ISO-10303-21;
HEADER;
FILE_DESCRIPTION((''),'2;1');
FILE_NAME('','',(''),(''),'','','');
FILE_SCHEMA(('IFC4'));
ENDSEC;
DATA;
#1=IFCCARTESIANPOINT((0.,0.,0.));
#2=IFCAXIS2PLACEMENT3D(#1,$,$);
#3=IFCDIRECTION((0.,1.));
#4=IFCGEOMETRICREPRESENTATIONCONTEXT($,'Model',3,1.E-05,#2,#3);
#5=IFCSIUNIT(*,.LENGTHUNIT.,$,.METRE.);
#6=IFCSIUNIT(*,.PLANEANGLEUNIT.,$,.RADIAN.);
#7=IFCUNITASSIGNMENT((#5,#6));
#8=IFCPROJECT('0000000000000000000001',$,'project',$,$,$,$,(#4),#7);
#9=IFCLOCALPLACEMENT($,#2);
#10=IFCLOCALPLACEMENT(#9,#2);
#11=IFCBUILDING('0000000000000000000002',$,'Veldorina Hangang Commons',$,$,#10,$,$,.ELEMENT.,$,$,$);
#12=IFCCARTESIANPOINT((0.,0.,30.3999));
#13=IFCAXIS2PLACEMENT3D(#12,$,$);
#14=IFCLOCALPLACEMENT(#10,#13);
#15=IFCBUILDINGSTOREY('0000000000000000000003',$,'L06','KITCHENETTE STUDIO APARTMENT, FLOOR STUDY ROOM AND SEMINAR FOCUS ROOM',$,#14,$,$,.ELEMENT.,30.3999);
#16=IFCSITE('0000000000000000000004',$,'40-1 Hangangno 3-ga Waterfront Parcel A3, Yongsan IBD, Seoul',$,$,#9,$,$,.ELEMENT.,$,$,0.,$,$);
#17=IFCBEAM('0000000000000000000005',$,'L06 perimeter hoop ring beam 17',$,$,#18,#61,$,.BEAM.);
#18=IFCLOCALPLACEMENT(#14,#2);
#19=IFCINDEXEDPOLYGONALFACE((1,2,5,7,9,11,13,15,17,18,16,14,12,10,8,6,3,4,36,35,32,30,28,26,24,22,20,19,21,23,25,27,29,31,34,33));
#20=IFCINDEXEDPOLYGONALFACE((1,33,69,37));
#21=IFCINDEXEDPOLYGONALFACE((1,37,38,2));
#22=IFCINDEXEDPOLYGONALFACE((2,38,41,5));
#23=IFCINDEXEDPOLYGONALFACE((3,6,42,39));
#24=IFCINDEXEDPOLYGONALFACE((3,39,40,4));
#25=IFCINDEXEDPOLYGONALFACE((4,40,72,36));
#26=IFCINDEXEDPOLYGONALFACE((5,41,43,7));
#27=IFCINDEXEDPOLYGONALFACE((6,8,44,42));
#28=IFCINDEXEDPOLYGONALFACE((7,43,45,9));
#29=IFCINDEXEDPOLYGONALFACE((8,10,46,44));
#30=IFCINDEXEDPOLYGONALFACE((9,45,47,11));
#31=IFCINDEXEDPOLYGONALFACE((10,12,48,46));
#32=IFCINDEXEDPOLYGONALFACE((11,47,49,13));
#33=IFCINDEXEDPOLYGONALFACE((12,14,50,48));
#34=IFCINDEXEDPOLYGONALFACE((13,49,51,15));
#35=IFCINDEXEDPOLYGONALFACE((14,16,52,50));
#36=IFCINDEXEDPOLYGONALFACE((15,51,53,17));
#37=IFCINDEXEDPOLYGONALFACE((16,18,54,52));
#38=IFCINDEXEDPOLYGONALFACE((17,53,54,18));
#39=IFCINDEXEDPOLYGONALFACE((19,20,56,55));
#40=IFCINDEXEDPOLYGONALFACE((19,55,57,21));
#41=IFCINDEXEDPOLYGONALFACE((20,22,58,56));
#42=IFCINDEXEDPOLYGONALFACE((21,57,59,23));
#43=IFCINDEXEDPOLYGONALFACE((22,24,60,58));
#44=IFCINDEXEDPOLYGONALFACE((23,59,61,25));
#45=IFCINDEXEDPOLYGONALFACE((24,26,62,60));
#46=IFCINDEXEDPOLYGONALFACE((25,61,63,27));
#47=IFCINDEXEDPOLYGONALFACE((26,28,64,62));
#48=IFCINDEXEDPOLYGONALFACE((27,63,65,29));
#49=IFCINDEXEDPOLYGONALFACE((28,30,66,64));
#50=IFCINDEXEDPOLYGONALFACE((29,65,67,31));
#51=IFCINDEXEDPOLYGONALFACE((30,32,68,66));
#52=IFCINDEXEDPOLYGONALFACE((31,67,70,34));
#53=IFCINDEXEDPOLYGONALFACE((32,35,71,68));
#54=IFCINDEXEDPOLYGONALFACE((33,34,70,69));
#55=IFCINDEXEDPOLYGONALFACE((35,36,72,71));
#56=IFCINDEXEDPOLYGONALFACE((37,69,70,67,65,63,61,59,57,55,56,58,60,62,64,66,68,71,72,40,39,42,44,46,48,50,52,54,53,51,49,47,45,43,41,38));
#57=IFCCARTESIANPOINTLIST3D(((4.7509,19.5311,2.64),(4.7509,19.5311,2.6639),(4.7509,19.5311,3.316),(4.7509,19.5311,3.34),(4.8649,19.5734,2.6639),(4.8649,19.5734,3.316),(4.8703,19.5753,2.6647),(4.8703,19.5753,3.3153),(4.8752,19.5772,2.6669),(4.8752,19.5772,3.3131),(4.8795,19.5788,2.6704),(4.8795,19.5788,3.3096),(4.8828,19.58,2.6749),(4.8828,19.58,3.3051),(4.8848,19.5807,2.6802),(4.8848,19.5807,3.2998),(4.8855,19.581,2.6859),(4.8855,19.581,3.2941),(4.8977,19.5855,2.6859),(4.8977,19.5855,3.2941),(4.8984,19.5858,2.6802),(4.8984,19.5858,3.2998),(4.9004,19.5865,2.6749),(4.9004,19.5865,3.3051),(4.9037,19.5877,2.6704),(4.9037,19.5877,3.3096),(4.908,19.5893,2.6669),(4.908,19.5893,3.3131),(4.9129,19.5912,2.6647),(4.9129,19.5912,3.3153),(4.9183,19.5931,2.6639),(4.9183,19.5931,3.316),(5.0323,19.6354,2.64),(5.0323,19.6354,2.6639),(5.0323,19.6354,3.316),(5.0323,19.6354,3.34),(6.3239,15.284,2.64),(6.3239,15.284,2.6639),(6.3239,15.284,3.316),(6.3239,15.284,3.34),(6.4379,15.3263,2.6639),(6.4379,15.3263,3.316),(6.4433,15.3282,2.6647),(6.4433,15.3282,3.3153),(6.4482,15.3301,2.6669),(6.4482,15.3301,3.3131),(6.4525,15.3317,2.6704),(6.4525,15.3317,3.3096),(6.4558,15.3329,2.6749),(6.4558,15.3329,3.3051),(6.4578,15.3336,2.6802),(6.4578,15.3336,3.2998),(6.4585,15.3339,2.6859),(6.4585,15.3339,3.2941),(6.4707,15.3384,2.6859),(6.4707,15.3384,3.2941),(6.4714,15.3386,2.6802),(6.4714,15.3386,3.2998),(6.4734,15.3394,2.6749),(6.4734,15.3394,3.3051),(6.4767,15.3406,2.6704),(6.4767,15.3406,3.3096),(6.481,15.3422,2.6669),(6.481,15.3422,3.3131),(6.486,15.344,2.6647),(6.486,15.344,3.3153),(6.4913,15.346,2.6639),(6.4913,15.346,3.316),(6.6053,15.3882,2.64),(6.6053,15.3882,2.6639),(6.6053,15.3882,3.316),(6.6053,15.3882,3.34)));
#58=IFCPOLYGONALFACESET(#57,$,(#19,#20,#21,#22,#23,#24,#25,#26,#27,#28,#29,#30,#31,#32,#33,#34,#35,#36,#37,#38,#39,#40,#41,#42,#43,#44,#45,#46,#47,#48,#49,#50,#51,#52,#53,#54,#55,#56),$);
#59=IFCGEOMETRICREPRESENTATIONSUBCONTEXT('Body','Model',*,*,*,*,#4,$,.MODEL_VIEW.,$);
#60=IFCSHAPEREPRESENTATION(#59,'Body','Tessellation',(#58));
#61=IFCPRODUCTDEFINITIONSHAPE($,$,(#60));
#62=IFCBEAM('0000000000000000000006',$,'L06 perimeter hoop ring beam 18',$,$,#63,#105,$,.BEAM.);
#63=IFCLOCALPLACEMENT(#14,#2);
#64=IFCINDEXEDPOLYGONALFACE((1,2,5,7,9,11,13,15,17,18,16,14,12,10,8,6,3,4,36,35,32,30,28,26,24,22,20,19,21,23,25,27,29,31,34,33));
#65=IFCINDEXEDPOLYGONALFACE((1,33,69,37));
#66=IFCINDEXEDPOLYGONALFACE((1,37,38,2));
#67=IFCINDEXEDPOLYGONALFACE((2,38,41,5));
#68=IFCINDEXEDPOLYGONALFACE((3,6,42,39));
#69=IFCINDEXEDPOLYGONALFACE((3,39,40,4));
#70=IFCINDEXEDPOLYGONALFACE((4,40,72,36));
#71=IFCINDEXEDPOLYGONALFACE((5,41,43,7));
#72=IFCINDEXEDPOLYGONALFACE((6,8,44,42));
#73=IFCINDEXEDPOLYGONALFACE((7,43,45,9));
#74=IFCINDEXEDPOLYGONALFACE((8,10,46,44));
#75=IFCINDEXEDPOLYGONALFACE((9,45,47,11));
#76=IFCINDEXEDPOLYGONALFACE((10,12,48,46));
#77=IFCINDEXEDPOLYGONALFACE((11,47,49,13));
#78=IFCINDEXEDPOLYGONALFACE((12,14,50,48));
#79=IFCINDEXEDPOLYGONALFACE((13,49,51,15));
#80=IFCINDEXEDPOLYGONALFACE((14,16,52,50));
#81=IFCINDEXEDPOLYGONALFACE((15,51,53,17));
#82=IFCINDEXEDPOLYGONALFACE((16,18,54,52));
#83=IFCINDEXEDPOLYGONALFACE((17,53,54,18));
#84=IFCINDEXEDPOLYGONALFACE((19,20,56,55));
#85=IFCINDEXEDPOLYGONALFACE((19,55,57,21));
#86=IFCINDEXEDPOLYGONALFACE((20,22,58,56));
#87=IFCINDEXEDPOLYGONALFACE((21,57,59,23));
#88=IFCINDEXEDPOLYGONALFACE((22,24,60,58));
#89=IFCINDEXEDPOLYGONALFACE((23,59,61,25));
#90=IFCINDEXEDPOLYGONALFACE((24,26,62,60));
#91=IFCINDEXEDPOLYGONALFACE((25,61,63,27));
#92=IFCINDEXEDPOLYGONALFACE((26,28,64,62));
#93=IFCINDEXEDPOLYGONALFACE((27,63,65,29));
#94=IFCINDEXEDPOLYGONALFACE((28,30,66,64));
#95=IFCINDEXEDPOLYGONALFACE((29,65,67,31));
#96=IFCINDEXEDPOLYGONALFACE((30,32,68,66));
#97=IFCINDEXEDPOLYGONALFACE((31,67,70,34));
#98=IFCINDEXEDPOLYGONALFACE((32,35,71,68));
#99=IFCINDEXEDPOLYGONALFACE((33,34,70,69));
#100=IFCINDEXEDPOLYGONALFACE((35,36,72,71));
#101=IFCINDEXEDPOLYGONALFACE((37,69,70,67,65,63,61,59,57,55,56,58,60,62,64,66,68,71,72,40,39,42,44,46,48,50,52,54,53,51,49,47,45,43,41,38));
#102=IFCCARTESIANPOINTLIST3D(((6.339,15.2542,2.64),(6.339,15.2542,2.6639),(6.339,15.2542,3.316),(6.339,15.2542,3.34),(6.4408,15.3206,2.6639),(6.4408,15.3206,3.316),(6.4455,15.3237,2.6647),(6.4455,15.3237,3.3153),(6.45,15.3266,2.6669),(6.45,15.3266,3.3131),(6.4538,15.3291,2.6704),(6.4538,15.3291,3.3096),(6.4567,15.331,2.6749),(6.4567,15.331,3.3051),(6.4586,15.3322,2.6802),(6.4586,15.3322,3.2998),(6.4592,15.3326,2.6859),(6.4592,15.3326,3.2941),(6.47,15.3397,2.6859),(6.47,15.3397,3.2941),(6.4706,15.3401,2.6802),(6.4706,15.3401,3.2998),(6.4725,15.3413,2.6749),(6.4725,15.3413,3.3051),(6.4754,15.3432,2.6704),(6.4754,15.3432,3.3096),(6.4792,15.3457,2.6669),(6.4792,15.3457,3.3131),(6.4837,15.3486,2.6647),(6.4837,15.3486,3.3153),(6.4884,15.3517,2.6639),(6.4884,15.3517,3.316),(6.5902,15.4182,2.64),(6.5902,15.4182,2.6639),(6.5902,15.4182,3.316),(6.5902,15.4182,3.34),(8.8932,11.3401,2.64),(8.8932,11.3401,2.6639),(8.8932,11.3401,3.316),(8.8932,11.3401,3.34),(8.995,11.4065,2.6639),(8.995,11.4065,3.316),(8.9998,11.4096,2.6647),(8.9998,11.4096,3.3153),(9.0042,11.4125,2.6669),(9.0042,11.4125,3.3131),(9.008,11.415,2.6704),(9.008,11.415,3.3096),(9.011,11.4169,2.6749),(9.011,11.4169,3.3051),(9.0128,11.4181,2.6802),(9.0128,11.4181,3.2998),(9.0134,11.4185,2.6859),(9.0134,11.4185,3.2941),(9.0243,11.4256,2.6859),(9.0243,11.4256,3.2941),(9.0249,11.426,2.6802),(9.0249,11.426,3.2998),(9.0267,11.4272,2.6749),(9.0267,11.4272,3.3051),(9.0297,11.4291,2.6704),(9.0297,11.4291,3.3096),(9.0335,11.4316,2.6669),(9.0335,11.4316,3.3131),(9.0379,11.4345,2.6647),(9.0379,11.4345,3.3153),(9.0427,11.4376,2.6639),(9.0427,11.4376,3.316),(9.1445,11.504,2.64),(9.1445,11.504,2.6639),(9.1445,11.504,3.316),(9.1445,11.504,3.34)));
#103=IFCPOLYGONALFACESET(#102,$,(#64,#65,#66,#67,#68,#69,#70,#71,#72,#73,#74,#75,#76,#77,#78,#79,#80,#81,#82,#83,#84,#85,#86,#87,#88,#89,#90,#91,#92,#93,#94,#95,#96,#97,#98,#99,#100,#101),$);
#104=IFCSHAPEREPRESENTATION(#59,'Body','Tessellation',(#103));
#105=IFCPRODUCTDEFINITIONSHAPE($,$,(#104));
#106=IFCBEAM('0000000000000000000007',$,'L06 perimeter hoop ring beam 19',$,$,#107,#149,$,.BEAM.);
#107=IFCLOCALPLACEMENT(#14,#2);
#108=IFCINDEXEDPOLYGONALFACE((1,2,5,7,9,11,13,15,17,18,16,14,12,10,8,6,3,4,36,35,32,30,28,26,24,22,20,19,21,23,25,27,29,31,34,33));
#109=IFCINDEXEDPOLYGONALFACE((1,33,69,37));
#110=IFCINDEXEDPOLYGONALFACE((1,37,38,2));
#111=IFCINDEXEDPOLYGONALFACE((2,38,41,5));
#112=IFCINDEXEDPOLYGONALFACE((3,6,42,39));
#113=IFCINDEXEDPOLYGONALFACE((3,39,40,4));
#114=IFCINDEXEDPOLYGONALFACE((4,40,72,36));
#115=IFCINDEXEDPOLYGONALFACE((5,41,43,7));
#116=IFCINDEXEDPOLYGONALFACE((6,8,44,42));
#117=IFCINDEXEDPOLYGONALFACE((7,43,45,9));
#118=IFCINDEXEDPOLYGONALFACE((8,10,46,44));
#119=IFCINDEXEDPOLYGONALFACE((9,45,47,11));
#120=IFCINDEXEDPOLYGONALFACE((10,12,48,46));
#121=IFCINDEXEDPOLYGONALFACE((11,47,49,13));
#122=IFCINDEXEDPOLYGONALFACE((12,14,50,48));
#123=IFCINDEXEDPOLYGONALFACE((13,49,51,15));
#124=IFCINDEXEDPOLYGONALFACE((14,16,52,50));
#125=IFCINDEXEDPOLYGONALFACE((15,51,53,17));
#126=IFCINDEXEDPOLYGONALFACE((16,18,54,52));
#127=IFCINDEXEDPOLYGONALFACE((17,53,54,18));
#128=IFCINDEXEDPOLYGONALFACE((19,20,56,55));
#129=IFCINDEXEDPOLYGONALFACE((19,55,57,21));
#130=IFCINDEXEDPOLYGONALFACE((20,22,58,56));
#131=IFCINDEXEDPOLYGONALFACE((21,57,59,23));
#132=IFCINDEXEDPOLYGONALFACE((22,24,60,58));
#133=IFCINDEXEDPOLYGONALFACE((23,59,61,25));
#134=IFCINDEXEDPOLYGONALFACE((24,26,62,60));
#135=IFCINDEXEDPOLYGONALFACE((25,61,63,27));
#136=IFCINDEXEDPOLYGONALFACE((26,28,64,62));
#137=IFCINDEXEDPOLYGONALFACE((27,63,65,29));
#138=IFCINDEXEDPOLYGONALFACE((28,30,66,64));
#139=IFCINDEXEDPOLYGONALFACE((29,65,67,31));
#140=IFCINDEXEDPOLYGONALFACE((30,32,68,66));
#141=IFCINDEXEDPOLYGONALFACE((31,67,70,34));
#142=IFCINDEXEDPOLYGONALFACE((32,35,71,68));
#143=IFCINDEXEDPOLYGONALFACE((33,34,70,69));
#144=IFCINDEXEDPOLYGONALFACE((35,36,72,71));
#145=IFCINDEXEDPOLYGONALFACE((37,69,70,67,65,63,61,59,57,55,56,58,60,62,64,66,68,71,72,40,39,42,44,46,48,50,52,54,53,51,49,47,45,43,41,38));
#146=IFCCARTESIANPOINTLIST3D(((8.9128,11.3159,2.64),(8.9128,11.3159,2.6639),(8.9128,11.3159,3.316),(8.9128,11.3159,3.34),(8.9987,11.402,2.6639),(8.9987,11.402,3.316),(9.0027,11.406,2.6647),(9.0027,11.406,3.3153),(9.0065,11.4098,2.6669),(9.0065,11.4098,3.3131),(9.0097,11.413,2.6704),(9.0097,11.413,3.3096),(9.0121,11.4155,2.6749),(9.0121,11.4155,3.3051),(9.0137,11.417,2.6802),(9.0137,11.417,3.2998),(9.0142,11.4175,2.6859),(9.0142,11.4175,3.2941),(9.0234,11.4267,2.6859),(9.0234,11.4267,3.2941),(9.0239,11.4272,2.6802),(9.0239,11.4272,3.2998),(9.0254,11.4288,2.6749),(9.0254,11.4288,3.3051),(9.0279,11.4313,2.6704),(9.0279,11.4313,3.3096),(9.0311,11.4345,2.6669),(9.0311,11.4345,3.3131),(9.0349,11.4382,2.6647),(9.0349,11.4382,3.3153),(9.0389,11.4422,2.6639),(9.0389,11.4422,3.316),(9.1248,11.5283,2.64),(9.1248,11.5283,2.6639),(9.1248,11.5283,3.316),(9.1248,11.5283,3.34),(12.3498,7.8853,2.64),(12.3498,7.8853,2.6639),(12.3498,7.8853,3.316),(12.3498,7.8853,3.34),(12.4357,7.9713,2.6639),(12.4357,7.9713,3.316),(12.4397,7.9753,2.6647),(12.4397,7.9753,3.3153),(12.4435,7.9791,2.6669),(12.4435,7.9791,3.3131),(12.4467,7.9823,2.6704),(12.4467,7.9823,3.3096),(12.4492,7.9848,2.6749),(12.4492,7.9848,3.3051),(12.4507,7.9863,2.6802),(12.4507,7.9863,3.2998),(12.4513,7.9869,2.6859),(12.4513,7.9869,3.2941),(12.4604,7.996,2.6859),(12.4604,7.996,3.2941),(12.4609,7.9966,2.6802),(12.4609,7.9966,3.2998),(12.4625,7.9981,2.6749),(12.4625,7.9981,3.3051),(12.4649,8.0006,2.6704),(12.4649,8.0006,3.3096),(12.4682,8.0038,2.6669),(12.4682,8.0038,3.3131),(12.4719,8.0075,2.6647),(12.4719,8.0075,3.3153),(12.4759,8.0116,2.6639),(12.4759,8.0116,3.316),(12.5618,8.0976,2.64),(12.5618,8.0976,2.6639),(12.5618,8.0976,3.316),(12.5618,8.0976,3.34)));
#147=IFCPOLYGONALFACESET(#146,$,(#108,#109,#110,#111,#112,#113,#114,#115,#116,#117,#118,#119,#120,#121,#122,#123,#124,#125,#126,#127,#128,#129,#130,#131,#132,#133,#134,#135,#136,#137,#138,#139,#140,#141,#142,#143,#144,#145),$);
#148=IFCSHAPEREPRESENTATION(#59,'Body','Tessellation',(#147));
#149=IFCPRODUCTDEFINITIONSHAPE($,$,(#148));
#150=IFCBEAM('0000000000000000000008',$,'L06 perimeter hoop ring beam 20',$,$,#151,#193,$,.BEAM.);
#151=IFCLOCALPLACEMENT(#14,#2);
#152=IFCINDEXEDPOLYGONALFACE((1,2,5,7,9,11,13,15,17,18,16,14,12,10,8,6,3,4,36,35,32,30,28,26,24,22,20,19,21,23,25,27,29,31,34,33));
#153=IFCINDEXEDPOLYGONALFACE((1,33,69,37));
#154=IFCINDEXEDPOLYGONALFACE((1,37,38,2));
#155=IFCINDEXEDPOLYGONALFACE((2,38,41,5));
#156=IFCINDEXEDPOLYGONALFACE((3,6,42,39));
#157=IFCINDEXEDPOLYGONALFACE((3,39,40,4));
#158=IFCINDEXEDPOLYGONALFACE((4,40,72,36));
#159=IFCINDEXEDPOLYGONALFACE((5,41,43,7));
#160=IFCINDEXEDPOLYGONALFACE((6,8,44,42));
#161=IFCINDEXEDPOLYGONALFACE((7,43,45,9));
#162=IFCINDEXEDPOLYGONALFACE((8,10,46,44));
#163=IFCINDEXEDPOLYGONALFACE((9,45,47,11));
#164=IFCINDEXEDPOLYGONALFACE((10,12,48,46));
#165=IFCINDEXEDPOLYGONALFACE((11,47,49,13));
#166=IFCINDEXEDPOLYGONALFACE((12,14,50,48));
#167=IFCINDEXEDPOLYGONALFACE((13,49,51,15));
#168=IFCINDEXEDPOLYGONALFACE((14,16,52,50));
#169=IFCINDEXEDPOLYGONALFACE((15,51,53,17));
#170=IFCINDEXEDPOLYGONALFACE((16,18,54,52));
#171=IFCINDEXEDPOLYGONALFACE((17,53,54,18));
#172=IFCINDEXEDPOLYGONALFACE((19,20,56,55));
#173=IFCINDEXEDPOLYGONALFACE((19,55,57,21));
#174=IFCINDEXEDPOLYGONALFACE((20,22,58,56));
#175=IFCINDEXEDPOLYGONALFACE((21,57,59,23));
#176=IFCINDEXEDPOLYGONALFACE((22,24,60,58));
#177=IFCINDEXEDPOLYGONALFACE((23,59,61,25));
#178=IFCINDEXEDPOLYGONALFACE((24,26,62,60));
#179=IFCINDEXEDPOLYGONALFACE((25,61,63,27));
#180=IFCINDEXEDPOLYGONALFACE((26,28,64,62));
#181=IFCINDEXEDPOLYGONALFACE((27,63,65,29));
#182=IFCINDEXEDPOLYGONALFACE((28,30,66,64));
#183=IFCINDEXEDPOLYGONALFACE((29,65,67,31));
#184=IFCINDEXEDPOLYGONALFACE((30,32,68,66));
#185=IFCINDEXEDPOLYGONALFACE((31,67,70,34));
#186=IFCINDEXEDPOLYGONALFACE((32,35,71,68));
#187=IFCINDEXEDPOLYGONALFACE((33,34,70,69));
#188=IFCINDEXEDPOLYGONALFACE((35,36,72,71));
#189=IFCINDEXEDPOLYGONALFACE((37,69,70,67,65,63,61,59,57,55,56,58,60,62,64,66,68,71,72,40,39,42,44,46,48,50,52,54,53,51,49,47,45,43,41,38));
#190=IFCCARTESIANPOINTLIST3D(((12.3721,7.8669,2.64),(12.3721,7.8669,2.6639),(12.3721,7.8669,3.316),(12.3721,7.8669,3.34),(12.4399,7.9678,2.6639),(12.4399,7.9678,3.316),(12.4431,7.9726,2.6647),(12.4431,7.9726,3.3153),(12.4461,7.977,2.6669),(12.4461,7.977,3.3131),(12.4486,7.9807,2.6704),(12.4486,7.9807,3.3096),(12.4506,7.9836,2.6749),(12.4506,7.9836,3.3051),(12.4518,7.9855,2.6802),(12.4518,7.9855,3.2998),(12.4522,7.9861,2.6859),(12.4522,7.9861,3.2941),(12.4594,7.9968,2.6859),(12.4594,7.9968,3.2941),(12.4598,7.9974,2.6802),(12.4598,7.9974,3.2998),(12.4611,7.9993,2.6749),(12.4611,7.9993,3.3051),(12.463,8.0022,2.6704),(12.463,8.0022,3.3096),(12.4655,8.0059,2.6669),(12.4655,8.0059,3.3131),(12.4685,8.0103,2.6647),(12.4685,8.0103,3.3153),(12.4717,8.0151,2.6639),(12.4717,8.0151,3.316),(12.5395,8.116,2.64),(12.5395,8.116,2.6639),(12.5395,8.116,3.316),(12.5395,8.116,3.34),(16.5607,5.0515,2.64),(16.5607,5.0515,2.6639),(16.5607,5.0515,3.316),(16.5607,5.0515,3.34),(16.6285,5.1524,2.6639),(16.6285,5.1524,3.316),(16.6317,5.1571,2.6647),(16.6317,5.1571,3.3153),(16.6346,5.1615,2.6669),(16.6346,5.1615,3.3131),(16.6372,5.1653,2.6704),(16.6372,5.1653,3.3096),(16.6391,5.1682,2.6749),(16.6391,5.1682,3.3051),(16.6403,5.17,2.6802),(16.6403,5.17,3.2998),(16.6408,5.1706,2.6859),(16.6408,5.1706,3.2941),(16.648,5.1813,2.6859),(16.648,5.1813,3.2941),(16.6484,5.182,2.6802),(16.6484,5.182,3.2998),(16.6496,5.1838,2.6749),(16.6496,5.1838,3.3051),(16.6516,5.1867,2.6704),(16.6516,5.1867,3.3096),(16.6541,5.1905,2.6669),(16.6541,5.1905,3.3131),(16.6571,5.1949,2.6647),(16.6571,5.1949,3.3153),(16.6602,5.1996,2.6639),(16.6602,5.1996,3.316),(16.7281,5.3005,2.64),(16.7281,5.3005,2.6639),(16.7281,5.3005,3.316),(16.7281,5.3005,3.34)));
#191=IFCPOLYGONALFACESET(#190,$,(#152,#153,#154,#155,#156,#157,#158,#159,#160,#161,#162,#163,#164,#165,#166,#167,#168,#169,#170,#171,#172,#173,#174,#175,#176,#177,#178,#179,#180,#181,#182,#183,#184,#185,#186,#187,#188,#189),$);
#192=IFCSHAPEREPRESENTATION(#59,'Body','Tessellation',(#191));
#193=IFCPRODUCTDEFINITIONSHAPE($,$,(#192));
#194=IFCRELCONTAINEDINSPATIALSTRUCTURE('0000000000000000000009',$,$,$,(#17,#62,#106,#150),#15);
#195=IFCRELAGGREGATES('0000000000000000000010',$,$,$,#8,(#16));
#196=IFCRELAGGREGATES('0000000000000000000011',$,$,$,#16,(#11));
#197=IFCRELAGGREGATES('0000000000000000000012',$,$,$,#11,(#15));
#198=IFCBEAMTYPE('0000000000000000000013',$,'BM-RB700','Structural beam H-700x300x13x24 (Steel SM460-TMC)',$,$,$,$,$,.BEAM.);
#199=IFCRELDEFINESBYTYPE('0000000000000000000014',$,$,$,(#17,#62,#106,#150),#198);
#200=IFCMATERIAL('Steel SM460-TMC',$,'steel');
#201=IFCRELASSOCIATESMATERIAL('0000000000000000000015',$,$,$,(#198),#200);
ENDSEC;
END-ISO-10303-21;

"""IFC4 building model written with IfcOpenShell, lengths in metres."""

from ifc_helpers import new_model, si_unit, direction, frame, origin, origin_2d, place, context, subcontext, project, spatial, i_section, extrude, material, material_profile, profile_set, type_object, element, save


model = new_model("IFC4")

# Units and contexts
model_context = context("Model", 3, precision=1e-05, world=origin(), true_north=direction((0.0, 1.0)))
body_context = subcontext(model_context, "Body", "Model", "MODEL_VIEW")
ifc_project = project(units=[si_unit("LENGTHUNIT", "METRE"), si_unit("PLANEANGLEUNIT", "RADIAN")], contexts=[model_context])

# Site, building, storey
site_placement = place(None, origin())
site = spatial("IfcSite", under=ifc_project, at=site_placement, Name="40-1 Hangangno 3-ga Waterfront Parcel A3, Yongsan IBD, Seoul", CompositionType="ELEMENT", RefElevation=0.0)
building_placement = place(site_placement, origin())
building = spatial("IfcBuilding", under=site, at=building_placement, Name="Veldorina Hangang Commons", CompositionType="ELEMENT")
storey_placement = place(building_placement, frame((0.0, 0.0, 30.3999)))
storey = spatial("IfcBuildingStorey", under=building, at=storey_placement, Name="L06", Description="KITCHENETTE STUDIO APARTMENT, FLOOR STUDY ROOM AND SEMINAR FOCUS ROOM", CompositionType="ELEMENT", Elevation=30.3999)

# Beams
ifc_material_1 = material(Name="Steel SM460-TMC", Category="steel")
ifc_material_profile_1 = material_profile(ifc_material_1, i_section(OverallWidth=0.3, OverallDepth=0.7, WebThickness=0.0129, FlangeThickness=0.0239, FilletRadius=0.022, at=origin_2d()), Name="H-700x300x13x24")
ifc_profile_set_1 = profile_set([ifc_material_profile_1], Name="Steel SM460-TMC")
beam_type = type_object("IfcBeamType", Name="BM-RB700", Description="Structural beam H-700x300x13x24 (Steel SM460-TMC)", PredefinedType="BEAM", material=ifc_profile_set_1)
beam_1_placement = place(storey_placement, frame((4.8916, 19.5833, 2.99), z_axis=(0.347316, -0.937748, 0.0), x_axis=(0.937748, 0.347316, 0.0)))
element("IfcBeam", 1, at=beam_1_placement, inside=storey, type_object=beam_type, Name="L06 perimeter hoop ring beam 17", PredefinedType="BEAM", context=body_context, shape_type="SweptSolid", body=[
    extrude(i_section(OverallWidth=0.3, OverallDepth=0.7, WebThickness=0.0129, FlangeThickness=0.0239, FilletRadius=0.022, at=origin_2d()), origin(), (0.0, 0.0, 1.0), 4.5291),
])
beam_2_placement = place(storey_placement, frame((6.4646, 15.3362, 2.99), z_axis=(0.5465, -0.837459, 0.0), x_axis=(0.837459, 0.5465, 0.0)))
element("IfcBeam", 2, at=beam_2_placement, inside=storey, type_object=beam_type, Name="L06 perimeter hoop ring beam 18", PredefinedType="BEAM", context=body_context, shape_type="SweptSolid", body=[
    extrude(i_section(OverallWidth=0.3, OverallDepth=0.7, WebThickness=0.0129, FlangeThickness=0.0239, FilletRadius=0.022, at=origin_2d()), origin(), (0.0, 0.0, 1.0), 4.6738),
])
beam_3_placement = place(storey_placement, frame((9.0188, 11.4221, 2.99), z_axis=(0.70776, -0.706453, 0.0), x_axis=(0.706453, 0.70776, 0.0)))
element("IfcBeam", 3, at=beam_3_placement, inside=storey, type_object=beam_type, Name="L06 perimeter hoop ring beam 19", PredefinedType="BEAM", context=body_context, shape_type="SweptSolid", body=[
    extrude(i_section(OverallWidth=0.3, OverallDepth=0.7, WebThickness=0.0129, FlangeThickness=0.0239, FilletRadius=0.022, at=origin_2d()), origin(), (0.0, 0.0, 1.0), 4.8562),
])
beam_4_placement = place(storey_placement, frame((12.4558, 7.9915, 2.99), z_axis=(0.829931, -0.557867, 0.0), x_axis=(0.557867, 0.829931, 0.0)))
element("IfcBeam", 4, at=beam_4_placement, inside=storey, type_object=beam_type, Name="L06 perimeter hoop ring beam 20", PredefinedType="BEAM", context=body_context, shape_type="SweptSolid", body=[
    extrude(i_section(OverallWidth=0.3, OverallDepth=0.7, WebThickness=0.0129, FlangeThickness=0.0239, FilletRadius=0.022, at=origin_2d()), origin(), (0.0, 0.0, 1.0), 5.0469),
])

save(model, "model.ifc")
